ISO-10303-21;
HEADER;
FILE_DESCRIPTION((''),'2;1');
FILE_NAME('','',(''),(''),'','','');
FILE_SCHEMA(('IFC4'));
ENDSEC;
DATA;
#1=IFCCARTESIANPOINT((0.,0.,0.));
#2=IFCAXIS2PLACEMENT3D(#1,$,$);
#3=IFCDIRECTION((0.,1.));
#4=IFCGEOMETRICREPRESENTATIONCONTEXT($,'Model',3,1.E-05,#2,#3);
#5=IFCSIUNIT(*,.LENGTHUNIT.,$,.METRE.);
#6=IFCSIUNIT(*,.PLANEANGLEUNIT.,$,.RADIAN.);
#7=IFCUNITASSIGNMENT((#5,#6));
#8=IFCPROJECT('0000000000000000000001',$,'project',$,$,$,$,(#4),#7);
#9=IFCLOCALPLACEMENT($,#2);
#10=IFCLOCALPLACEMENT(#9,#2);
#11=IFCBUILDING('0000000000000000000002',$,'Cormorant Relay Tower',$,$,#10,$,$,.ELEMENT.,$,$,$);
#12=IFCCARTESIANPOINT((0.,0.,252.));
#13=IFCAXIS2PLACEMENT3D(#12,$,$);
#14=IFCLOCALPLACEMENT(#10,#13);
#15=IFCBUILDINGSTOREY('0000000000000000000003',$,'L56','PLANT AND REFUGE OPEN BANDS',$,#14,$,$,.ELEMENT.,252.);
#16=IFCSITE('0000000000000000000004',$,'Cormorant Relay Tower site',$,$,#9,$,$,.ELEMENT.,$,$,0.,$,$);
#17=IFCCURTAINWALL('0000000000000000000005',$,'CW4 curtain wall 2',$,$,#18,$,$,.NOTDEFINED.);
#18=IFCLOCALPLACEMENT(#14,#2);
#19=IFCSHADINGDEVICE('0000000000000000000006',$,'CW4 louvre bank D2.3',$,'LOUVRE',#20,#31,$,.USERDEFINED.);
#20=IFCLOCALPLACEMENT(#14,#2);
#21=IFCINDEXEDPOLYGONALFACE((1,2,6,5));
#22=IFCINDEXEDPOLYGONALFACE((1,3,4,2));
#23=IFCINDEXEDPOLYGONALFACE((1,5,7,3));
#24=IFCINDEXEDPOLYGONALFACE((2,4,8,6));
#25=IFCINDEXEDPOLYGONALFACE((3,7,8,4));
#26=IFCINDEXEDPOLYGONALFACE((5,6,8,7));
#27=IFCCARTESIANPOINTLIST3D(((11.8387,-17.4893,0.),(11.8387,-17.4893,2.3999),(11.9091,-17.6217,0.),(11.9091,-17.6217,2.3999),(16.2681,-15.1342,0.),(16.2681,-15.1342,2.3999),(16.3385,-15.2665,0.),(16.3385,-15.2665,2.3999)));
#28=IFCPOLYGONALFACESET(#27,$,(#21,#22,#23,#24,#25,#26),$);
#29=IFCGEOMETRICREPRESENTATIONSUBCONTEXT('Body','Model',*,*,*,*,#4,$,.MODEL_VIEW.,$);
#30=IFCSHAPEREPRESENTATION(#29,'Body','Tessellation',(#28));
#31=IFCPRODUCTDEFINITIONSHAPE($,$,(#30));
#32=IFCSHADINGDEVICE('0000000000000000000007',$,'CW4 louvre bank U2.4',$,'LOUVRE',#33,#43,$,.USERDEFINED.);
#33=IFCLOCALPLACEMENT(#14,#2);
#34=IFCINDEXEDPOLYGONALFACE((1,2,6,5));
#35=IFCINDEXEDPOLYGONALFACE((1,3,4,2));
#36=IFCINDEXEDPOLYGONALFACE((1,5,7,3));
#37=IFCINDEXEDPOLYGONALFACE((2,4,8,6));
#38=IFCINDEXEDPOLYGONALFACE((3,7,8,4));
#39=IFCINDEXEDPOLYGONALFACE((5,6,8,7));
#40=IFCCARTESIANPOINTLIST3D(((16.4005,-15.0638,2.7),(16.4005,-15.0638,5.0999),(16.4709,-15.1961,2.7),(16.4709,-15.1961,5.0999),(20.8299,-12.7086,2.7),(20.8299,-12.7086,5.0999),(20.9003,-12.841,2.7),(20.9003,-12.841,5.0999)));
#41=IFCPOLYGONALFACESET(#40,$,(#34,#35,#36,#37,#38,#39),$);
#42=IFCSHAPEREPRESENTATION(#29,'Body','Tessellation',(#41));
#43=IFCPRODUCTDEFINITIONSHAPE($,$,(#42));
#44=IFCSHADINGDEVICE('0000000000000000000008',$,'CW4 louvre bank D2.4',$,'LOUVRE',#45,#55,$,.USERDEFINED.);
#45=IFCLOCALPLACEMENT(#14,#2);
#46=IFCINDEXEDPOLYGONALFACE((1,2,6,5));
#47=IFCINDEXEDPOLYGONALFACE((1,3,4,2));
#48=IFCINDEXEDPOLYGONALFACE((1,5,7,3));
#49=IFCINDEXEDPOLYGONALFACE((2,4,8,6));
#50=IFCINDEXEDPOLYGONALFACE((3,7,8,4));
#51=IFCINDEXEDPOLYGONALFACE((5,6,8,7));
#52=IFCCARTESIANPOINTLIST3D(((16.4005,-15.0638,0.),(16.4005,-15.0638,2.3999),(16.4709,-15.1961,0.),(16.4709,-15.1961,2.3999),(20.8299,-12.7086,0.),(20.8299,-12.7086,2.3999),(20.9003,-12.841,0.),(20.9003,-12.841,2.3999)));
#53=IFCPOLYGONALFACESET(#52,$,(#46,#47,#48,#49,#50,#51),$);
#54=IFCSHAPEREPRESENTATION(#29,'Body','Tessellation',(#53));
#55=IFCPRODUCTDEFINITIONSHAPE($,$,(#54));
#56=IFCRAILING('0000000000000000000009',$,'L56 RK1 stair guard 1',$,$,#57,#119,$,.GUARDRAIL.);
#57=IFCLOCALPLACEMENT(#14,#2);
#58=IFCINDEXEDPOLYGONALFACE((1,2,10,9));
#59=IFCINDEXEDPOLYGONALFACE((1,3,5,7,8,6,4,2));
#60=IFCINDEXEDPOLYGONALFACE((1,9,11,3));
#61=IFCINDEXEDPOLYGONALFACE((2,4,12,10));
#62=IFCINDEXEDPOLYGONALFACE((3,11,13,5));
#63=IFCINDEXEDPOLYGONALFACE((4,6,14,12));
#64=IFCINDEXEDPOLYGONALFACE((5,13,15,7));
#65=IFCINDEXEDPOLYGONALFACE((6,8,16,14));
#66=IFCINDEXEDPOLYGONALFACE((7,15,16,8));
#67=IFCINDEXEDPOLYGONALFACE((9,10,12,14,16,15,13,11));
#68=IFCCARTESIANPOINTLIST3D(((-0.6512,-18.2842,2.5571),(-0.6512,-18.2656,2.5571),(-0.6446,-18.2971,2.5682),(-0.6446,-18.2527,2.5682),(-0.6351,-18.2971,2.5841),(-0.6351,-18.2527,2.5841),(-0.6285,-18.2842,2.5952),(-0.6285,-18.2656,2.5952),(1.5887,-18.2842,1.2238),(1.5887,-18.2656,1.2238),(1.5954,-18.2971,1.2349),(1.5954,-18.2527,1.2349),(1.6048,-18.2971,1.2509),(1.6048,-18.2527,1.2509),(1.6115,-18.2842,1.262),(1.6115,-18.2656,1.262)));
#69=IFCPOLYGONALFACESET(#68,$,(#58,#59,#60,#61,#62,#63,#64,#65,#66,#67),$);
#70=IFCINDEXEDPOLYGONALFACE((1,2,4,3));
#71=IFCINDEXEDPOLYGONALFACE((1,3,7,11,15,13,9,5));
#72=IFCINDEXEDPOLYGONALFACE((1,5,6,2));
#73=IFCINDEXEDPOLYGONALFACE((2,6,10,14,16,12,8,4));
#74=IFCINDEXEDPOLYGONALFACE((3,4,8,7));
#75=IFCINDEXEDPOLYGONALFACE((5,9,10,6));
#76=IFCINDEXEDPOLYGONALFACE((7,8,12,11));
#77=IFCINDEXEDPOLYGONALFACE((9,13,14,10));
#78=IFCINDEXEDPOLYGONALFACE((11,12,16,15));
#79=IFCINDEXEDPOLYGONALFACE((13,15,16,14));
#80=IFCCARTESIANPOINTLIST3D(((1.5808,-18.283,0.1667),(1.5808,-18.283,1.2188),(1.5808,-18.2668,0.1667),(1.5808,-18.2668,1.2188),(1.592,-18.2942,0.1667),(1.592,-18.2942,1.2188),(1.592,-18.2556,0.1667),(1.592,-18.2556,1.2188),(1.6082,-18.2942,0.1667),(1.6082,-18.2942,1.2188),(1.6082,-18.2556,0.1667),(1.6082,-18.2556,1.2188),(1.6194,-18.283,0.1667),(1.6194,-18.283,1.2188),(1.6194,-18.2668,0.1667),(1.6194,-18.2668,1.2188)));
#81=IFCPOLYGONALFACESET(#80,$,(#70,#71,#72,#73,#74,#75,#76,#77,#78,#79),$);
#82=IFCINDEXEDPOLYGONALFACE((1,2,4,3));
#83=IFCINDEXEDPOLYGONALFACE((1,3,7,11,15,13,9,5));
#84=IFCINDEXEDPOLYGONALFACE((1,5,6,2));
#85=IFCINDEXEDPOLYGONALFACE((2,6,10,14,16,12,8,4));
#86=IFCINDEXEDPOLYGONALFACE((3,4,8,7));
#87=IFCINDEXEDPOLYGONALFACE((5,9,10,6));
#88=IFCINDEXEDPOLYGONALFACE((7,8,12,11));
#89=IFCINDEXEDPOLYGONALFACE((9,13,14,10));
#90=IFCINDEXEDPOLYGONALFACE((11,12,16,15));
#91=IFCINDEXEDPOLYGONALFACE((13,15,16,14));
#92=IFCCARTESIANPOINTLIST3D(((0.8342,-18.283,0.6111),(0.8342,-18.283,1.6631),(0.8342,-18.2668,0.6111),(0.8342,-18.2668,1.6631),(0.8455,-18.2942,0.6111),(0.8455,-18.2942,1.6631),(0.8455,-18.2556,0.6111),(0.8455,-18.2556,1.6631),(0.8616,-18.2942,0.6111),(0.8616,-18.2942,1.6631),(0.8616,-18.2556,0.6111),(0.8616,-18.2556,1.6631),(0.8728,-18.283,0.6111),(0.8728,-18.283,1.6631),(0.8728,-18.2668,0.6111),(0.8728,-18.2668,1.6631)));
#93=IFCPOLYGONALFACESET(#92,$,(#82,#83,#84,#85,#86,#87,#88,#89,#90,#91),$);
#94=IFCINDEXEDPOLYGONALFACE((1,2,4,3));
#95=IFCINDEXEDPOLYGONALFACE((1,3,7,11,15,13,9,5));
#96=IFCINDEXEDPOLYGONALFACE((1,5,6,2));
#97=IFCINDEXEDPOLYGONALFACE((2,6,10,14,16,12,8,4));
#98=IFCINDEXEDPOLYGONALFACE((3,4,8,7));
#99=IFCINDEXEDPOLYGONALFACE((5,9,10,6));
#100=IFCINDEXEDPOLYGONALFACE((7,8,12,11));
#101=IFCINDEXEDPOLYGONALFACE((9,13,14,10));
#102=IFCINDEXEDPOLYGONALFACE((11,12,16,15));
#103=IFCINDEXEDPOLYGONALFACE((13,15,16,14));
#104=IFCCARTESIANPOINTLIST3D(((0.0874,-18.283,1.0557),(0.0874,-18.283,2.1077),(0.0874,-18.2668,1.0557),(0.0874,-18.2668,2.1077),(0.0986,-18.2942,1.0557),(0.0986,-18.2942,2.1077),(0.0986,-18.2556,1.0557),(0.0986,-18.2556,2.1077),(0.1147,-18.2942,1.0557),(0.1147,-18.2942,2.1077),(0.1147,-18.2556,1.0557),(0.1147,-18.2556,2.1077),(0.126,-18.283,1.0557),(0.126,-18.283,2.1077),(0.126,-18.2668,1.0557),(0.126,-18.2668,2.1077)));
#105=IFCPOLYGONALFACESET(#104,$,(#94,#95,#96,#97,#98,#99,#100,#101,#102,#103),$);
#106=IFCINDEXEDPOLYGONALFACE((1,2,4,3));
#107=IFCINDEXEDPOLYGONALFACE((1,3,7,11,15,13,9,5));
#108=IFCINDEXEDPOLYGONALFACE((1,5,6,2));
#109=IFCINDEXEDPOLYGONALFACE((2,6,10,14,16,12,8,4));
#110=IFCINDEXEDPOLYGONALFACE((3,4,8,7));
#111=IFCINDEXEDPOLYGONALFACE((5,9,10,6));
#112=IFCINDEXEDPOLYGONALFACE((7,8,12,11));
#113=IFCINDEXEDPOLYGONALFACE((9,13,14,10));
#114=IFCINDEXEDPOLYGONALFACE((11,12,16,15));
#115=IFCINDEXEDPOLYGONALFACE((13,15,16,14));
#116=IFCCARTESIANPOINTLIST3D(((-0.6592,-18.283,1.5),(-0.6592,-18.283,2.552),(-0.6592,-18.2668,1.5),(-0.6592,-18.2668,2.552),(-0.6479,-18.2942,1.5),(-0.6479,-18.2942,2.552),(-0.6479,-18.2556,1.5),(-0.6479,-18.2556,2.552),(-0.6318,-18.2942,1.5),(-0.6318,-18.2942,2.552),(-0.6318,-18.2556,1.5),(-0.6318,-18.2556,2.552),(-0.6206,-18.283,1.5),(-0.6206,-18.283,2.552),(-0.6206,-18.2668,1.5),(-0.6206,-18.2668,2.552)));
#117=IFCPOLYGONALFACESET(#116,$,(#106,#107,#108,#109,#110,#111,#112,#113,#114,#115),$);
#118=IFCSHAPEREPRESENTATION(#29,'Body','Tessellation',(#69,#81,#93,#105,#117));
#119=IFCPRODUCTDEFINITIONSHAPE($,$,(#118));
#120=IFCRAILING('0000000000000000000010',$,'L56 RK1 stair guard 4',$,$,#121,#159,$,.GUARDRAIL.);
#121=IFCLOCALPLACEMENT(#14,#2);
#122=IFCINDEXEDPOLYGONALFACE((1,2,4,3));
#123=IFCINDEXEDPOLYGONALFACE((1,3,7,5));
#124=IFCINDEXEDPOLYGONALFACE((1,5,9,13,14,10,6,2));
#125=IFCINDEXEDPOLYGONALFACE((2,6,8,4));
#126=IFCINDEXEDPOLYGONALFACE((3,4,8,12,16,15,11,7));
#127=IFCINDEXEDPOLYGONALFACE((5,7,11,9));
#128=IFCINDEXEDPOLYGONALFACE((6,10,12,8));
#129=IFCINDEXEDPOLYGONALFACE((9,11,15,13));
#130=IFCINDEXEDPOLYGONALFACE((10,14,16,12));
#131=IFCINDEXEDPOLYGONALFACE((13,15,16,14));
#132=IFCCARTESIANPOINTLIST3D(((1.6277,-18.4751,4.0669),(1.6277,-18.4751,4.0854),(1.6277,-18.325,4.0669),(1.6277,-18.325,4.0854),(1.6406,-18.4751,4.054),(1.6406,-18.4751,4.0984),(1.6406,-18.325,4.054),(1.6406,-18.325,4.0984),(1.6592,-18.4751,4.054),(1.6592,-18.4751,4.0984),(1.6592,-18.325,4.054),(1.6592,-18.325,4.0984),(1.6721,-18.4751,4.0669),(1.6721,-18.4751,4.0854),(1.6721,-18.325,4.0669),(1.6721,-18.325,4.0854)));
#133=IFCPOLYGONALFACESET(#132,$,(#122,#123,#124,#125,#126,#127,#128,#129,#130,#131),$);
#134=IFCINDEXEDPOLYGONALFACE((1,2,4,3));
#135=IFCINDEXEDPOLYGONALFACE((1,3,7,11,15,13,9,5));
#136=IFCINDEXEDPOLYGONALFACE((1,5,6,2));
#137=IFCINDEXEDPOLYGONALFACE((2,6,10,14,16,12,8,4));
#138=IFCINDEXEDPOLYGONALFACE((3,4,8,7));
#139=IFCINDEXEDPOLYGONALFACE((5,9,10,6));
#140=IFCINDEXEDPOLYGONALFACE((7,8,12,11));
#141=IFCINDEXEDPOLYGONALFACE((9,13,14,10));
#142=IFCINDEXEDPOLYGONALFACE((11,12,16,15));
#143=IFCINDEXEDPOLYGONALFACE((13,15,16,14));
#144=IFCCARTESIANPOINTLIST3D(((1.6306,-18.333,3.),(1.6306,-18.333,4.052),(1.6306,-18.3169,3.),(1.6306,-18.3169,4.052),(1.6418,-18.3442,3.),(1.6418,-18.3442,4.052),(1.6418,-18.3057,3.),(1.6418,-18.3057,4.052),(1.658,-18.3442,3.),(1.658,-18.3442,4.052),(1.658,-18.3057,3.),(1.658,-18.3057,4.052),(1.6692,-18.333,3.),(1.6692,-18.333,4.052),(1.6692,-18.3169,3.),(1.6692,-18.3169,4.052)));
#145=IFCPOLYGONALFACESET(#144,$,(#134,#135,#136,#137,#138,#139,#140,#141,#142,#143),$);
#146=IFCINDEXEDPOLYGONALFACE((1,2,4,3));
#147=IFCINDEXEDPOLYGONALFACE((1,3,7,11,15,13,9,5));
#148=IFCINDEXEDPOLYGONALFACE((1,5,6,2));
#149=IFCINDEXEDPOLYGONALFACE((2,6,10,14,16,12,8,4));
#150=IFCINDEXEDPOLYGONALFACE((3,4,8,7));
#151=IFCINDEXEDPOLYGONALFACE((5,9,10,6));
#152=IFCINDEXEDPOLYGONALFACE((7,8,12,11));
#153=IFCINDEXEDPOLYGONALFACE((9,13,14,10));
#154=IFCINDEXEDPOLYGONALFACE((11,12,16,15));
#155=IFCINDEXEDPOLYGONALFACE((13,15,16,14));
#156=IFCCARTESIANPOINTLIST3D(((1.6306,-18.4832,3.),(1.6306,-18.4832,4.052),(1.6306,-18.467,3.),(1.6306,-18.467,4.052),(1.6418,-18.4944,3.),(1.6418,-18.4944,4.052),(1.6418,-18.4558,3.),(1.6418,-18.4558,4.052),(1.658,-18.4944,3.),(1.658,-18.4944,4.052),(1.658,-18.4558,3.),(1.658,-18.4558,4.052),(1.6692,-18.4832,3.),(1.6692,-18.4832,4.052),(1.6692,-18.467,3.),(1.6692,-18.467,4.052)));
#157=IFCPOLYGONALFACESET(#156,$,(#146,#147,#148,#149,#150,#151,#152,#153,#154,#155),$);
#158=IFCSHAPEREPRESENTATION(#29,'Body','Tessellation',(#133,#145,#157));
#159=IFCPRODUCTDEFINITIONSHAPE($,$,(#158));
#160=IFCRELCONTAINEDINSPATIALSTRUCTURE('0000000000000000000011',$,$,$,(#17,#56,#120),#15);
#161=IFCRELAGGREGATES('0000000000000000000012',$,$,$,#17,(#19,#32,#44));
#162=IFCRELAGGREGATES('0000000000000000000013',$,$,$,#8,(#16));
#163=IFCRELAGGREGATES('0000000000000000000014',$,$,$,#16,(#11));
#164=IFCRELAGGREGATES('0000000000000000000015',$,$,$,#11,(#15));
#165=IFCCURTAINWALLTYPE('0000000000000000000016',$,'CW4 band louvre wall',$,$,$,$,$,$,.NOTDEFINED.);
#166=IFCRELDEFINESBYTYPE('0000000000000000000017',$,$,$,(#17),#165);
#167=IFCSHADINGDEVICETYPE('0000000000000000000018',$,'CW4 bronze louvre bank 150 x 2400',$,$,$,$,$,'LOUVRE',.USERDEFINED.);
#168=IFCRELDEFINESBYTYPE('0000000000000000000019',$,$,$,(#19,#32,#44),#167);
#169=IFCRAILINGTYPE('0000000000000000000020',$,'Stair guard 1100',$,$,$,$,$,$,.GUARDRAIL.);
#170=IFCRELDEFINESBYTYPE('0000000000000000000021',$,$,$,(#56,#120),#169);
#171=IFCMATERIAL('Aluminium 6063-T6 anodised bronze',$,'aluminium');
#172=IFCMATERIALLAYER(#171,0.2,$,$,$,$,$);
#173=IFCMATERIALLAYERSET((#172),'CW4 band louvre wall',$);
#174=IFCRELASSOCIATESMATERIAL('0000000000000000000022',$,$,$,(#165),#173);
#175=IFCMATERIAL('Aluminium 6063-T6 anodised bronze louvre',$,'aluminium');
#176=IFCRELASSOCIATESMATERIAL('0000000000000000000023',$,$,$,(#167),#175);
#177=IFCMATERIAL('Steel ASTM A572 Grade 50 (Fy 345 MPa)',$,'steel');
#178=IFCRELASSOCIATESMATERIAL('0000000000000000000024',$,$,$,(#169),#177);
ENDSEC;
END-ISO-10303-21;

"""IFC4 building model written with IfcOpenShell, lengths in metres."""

from ifc_helpers import new_model, si_unit, direction, frame, origin, origin_2d, place, context, subcontext, project, spatial, polyline, rectangle, outline, extrude, material, layer, layer_set, type_object, element, aggregate, save


model = new_model("IFC4")

# Units and contexts
model_context = context("Model", 3, precision=1e-05, world=origin(), true_north=direction((0.0, 1.0)))
body_context = subcontext(model_context, "Body", "Model", "MODEL_VIEW")
ifc_project = project(units=[si_unit("LENGTHUNIT", "METRE"), si_unit("PLANEANGLEUNIT", "RADIAN")], contexts=[model_context])

# Site, building, storey
site_placement = place(None, origin())
site = spatial("IfcSite", under=ifc_project, at=site_placement, Name="Cormorant Relay Tower site", CompositionType="ELEMENT", RefElevation=0.0)
building_placement = place(site_placement, origin())
building = spatial("IfcBuilding", under=site, at=building_placement, Name="Cormorant Relay Tower", CompositionType="ELEMENT")
storey_placement = place(building_placement, frame((0.0, 0.0, 252.0)))
storey = spatial("IfcBuildingStorey", under=building, at=storey_placement, Name="L56", Description="PLANT AND REFUGE OPEN BANDS", CompositionType="ELEMENT", Elevation=252.0)

# Curtain wall
ifc_material_1 = material(Name="Aluminium 6063-T6 anodised bronze", Category="aluminium")
ifc_layer_1 = layer(ifc_material_1, 0.2)
ifc_layer_set_1 = layer_set([ifc_layer_1], Name="CW4 band louvre wall")
curtain_wall_type = type_object("IfcCurtainWallType", Name="CW4 band louvre wall", PredefinedType="NOTDEFINED", material=ifc_layer_set_1)
curtain_wall_1_placement = place(storey_placement, origin())
curtain_wall_1 = element("IfcCurtainWall", 1, at=curtain_wall_1_placement, inside=storey, type_object=curtain_wall_type, Name="CW4 curtain wall 2", PredefinedType="NOTDEFINED")

# Shared definitions
ifc_material_2 = material(Name="Aluminium 6063-T6 anodised bronze louvre", Category="aluminium")
shading_device_type = type_object("IfcShadingDeviceType", Name="CW4 bronze louvre bank 150 x 2400", ElementType="LOUVRE", PredefinedType="USERDEFINED", material=ifc_material_2)

# Shading devices
shading_device_1_placement = place(storey_placement, frame((14.0886, -16.3779, 0.0), z_axis=(0.0, 0.0, 1.0), x_axis=(0.882948, 0.469472, 0.0)))
shading_device_1 = element("IfcShadingDevice", 2, at=shading_device_1_placement, type_object=shading_device_type, Name="CW4 louvre bank D2.3", ObjectType="LOUVRE", PredefinedType="USERDEFINED", context=body_context, shape_type="SweptSolid", body=[
    extrude(rectangle(XDim=5.0166, YDim=0.1499, at=origin_2d()), origin(), (0.0, 0.0, 1.0), 2.3999),
])
shading_device_2_placement = place(storey_placement, frame((18.6504, -13.9524, 2.7), z_axis=(0.0, 0.0, 1.0), x_axis=(0.882948, 0.469472, 0.0)))
shading_device_2 = element("IfcShadingDevice", 3, at=shading_device_2_placement, type_object=shading_device_type, Name="CW4 louvre bank U2.4", ObjectType="LOUVRE", PredefinedType="USERDEFINED", context=body_context, shape_type="SweptSolid", body=[
    extrude(rectangle(XDim=5.0166, YDim=0.1499, at=origin_2d()), origin(), (0.0, 0.0, 1.0), 2.3999),
])
shading_device_3_placement = place(storey_placement, frame((18.6504, -13.9524, 0.0), z_axis=(0.0, 0.0, 1.0), x_axis=(0.882948, 0.469472, 0.0)))
shading_device_3 = element("IfcShadingDevice", 4, at=shading_device_3_placement, type_object=shading_device_type, Name="CW4 louvre bank D2.4", ObjectType="LOUVRE", PredefinedType="USERDEFINED", context=body_context, shape_type="SweptSolid", body=[
    extrude(rectangle(XDim=5.0166, YDim=0.1499, at=origin_2d()), origin(), (0.0, 0.0, 1.0), 2.3999),
])
aggregate(curtain_wall_1, [shading_device_1, shading_device_2, shading_device_3])

# Railings
ifc_material_3 = material(Name="Steel ASTM A572 Grade 50 (Fy 345 MPa)", Category="steel")
railing_type_1 = type_object("IfcRailingType", Name="Stair guard 1100", PredefinedType="GUARDRAIL", material=ifc_material_3)
railing_1_placement = place(storey_placement, frame((1.6001, -18.2749, 0.1667)))
element("IfcRailing", 5, at=railing_1_placement, inside=storey, type_object=railing_type_1, Name="L56 RK1 stair guard 1", PredefinedType="GUARDRAIL", context=body_context, shape_type="SweptSolid", body=[
    extrude(outline(polyline([(0.0222, 0.0093), (0.0093, 0.0222), (-0.0093, 0.0222), (-0.0222, 0.0093), (-0.0222, -0.0093), (-0.0093, -0.0222), (0.0093, -0.0222), (0.0222, -0.0093), (0.0222, 0.0093)])), frame((0.0, 0.0, 1.0762), z_axis=(-0.859306, 0.0, 0.511462), x_axis=(0.0, -1.0, 0.0)), (0.0, 0.0, 1.0), 2.6067),
    extrude(outline(polyline([(0.0193, 0.0081), (0.0081, 0.0193), (-0.0081, 0.0193), (-0.0193, 0.0081), (-0.0193, -0.0081), (-0.0081, -0.0193), (0.0081, -0.0193), (0.0193, -0.0081), (0.0193, 0.0081)])), origin(), (0.0, 0.0, 1.0), 1.052),
    extrude(outline(polyline([(0.0193, 0.0081), (0.0081, 0.0193), (-0.0081, 0.0193), (-0.0193, 0.0081), (-0.0193, -0.0081), (-0.0081, -0.0193), (0.0081, -0.0193), (0.0193, -0.0081), (0.0193, 0.0081)])), frame((-0.7466, 0.0, 0.4443)), (0.0, 0.0, 1.0), 1.052),
    extrude(outline(polyline([(0.0193, 0.0081), (0.0081, 0.0193), (-0.0081, 0.0193), (-0.0193, 0.0081), (-0.0193, -0.0081), (-0.0081, -0.0193), (0.0081, -0.0193), (0.0193, -0.0081), (0.0193, 0.0081)])), frame((-1.4934, 0.0, 0.8889)), (0.0, 0.0, 1.0), 1.052),
    extrude(outline(polyline([(0.0193, 0.0081), (0.0081, 0.0193), (-0.0081, 0.0193), (-0.0193, 0.0081), (-0.0193, -0.0081), (-0.0081, -0.0193), (0.0081, -0.0193), (0.0193, -0.0081), (0.0193, 0.0081)])), frame((-2.24, 0.0, 1.3333)), (0.0, 0.0, 1.0), 1.052),
])
railing_2_placement = place(storey_placement, frame((1.6499, -18.325, 3.0)))
element("IfcRailing", 6, at=railing_2_placement, inside=storey, type_object=railing_type_1, Name="L56 RK1 stair guard 4", PredefinedType="GUARDRAIL", context=body_context, shape_type="SweptSolid", body=[
    extrude(outline(polyline([(0.0222, 0.0093), (0.0093, 0.0222), (-0.0093, 0.0222), (-0.0222, 0.0093), (-0.0222, -0.0093), (-0.0093, -0.0222), (0.0093, -0.0222), (0.0222, -0.0093), (0.0222, 0.0093)])), frame((0.0, 0.0, 1.0762), z_axis=(0.0, -1.0, 0.0), x_axis=(1.0, 0.0, 0.0)), (0.0, 0.0, 1.0), 0.1501),
    extrude(outline(polyline([(0.0193, 0.0081), (0.0081, 0.0193), (-0.0081, 0.0193), (-0.0193, 0.0081), (-0.0193, -0.0081), (-0.0081, -0.0193), (0.0081, -0.0193), (0.0193, -0.0081), (0.0193, 0.0081)])), origin(), (0.0, 0.0, 1.0), 1.052),
    extrude(outline(polyline([(0.0193, 0.0081), (0.0081, 0.0193), (-0.0081, 0.0193), (-0.0193, 0.0081), (-0.0193, -0.0081), (-0.0081, -0.0193), (0.0081, -0.0193), (0.0193, -0.0081), (0.0193, 0.0081)])), frame((0.0, -0.1501, 0.0)), (0.0, 0.0, 1.0), 1.052),
])

save(model, "model.ifc")
